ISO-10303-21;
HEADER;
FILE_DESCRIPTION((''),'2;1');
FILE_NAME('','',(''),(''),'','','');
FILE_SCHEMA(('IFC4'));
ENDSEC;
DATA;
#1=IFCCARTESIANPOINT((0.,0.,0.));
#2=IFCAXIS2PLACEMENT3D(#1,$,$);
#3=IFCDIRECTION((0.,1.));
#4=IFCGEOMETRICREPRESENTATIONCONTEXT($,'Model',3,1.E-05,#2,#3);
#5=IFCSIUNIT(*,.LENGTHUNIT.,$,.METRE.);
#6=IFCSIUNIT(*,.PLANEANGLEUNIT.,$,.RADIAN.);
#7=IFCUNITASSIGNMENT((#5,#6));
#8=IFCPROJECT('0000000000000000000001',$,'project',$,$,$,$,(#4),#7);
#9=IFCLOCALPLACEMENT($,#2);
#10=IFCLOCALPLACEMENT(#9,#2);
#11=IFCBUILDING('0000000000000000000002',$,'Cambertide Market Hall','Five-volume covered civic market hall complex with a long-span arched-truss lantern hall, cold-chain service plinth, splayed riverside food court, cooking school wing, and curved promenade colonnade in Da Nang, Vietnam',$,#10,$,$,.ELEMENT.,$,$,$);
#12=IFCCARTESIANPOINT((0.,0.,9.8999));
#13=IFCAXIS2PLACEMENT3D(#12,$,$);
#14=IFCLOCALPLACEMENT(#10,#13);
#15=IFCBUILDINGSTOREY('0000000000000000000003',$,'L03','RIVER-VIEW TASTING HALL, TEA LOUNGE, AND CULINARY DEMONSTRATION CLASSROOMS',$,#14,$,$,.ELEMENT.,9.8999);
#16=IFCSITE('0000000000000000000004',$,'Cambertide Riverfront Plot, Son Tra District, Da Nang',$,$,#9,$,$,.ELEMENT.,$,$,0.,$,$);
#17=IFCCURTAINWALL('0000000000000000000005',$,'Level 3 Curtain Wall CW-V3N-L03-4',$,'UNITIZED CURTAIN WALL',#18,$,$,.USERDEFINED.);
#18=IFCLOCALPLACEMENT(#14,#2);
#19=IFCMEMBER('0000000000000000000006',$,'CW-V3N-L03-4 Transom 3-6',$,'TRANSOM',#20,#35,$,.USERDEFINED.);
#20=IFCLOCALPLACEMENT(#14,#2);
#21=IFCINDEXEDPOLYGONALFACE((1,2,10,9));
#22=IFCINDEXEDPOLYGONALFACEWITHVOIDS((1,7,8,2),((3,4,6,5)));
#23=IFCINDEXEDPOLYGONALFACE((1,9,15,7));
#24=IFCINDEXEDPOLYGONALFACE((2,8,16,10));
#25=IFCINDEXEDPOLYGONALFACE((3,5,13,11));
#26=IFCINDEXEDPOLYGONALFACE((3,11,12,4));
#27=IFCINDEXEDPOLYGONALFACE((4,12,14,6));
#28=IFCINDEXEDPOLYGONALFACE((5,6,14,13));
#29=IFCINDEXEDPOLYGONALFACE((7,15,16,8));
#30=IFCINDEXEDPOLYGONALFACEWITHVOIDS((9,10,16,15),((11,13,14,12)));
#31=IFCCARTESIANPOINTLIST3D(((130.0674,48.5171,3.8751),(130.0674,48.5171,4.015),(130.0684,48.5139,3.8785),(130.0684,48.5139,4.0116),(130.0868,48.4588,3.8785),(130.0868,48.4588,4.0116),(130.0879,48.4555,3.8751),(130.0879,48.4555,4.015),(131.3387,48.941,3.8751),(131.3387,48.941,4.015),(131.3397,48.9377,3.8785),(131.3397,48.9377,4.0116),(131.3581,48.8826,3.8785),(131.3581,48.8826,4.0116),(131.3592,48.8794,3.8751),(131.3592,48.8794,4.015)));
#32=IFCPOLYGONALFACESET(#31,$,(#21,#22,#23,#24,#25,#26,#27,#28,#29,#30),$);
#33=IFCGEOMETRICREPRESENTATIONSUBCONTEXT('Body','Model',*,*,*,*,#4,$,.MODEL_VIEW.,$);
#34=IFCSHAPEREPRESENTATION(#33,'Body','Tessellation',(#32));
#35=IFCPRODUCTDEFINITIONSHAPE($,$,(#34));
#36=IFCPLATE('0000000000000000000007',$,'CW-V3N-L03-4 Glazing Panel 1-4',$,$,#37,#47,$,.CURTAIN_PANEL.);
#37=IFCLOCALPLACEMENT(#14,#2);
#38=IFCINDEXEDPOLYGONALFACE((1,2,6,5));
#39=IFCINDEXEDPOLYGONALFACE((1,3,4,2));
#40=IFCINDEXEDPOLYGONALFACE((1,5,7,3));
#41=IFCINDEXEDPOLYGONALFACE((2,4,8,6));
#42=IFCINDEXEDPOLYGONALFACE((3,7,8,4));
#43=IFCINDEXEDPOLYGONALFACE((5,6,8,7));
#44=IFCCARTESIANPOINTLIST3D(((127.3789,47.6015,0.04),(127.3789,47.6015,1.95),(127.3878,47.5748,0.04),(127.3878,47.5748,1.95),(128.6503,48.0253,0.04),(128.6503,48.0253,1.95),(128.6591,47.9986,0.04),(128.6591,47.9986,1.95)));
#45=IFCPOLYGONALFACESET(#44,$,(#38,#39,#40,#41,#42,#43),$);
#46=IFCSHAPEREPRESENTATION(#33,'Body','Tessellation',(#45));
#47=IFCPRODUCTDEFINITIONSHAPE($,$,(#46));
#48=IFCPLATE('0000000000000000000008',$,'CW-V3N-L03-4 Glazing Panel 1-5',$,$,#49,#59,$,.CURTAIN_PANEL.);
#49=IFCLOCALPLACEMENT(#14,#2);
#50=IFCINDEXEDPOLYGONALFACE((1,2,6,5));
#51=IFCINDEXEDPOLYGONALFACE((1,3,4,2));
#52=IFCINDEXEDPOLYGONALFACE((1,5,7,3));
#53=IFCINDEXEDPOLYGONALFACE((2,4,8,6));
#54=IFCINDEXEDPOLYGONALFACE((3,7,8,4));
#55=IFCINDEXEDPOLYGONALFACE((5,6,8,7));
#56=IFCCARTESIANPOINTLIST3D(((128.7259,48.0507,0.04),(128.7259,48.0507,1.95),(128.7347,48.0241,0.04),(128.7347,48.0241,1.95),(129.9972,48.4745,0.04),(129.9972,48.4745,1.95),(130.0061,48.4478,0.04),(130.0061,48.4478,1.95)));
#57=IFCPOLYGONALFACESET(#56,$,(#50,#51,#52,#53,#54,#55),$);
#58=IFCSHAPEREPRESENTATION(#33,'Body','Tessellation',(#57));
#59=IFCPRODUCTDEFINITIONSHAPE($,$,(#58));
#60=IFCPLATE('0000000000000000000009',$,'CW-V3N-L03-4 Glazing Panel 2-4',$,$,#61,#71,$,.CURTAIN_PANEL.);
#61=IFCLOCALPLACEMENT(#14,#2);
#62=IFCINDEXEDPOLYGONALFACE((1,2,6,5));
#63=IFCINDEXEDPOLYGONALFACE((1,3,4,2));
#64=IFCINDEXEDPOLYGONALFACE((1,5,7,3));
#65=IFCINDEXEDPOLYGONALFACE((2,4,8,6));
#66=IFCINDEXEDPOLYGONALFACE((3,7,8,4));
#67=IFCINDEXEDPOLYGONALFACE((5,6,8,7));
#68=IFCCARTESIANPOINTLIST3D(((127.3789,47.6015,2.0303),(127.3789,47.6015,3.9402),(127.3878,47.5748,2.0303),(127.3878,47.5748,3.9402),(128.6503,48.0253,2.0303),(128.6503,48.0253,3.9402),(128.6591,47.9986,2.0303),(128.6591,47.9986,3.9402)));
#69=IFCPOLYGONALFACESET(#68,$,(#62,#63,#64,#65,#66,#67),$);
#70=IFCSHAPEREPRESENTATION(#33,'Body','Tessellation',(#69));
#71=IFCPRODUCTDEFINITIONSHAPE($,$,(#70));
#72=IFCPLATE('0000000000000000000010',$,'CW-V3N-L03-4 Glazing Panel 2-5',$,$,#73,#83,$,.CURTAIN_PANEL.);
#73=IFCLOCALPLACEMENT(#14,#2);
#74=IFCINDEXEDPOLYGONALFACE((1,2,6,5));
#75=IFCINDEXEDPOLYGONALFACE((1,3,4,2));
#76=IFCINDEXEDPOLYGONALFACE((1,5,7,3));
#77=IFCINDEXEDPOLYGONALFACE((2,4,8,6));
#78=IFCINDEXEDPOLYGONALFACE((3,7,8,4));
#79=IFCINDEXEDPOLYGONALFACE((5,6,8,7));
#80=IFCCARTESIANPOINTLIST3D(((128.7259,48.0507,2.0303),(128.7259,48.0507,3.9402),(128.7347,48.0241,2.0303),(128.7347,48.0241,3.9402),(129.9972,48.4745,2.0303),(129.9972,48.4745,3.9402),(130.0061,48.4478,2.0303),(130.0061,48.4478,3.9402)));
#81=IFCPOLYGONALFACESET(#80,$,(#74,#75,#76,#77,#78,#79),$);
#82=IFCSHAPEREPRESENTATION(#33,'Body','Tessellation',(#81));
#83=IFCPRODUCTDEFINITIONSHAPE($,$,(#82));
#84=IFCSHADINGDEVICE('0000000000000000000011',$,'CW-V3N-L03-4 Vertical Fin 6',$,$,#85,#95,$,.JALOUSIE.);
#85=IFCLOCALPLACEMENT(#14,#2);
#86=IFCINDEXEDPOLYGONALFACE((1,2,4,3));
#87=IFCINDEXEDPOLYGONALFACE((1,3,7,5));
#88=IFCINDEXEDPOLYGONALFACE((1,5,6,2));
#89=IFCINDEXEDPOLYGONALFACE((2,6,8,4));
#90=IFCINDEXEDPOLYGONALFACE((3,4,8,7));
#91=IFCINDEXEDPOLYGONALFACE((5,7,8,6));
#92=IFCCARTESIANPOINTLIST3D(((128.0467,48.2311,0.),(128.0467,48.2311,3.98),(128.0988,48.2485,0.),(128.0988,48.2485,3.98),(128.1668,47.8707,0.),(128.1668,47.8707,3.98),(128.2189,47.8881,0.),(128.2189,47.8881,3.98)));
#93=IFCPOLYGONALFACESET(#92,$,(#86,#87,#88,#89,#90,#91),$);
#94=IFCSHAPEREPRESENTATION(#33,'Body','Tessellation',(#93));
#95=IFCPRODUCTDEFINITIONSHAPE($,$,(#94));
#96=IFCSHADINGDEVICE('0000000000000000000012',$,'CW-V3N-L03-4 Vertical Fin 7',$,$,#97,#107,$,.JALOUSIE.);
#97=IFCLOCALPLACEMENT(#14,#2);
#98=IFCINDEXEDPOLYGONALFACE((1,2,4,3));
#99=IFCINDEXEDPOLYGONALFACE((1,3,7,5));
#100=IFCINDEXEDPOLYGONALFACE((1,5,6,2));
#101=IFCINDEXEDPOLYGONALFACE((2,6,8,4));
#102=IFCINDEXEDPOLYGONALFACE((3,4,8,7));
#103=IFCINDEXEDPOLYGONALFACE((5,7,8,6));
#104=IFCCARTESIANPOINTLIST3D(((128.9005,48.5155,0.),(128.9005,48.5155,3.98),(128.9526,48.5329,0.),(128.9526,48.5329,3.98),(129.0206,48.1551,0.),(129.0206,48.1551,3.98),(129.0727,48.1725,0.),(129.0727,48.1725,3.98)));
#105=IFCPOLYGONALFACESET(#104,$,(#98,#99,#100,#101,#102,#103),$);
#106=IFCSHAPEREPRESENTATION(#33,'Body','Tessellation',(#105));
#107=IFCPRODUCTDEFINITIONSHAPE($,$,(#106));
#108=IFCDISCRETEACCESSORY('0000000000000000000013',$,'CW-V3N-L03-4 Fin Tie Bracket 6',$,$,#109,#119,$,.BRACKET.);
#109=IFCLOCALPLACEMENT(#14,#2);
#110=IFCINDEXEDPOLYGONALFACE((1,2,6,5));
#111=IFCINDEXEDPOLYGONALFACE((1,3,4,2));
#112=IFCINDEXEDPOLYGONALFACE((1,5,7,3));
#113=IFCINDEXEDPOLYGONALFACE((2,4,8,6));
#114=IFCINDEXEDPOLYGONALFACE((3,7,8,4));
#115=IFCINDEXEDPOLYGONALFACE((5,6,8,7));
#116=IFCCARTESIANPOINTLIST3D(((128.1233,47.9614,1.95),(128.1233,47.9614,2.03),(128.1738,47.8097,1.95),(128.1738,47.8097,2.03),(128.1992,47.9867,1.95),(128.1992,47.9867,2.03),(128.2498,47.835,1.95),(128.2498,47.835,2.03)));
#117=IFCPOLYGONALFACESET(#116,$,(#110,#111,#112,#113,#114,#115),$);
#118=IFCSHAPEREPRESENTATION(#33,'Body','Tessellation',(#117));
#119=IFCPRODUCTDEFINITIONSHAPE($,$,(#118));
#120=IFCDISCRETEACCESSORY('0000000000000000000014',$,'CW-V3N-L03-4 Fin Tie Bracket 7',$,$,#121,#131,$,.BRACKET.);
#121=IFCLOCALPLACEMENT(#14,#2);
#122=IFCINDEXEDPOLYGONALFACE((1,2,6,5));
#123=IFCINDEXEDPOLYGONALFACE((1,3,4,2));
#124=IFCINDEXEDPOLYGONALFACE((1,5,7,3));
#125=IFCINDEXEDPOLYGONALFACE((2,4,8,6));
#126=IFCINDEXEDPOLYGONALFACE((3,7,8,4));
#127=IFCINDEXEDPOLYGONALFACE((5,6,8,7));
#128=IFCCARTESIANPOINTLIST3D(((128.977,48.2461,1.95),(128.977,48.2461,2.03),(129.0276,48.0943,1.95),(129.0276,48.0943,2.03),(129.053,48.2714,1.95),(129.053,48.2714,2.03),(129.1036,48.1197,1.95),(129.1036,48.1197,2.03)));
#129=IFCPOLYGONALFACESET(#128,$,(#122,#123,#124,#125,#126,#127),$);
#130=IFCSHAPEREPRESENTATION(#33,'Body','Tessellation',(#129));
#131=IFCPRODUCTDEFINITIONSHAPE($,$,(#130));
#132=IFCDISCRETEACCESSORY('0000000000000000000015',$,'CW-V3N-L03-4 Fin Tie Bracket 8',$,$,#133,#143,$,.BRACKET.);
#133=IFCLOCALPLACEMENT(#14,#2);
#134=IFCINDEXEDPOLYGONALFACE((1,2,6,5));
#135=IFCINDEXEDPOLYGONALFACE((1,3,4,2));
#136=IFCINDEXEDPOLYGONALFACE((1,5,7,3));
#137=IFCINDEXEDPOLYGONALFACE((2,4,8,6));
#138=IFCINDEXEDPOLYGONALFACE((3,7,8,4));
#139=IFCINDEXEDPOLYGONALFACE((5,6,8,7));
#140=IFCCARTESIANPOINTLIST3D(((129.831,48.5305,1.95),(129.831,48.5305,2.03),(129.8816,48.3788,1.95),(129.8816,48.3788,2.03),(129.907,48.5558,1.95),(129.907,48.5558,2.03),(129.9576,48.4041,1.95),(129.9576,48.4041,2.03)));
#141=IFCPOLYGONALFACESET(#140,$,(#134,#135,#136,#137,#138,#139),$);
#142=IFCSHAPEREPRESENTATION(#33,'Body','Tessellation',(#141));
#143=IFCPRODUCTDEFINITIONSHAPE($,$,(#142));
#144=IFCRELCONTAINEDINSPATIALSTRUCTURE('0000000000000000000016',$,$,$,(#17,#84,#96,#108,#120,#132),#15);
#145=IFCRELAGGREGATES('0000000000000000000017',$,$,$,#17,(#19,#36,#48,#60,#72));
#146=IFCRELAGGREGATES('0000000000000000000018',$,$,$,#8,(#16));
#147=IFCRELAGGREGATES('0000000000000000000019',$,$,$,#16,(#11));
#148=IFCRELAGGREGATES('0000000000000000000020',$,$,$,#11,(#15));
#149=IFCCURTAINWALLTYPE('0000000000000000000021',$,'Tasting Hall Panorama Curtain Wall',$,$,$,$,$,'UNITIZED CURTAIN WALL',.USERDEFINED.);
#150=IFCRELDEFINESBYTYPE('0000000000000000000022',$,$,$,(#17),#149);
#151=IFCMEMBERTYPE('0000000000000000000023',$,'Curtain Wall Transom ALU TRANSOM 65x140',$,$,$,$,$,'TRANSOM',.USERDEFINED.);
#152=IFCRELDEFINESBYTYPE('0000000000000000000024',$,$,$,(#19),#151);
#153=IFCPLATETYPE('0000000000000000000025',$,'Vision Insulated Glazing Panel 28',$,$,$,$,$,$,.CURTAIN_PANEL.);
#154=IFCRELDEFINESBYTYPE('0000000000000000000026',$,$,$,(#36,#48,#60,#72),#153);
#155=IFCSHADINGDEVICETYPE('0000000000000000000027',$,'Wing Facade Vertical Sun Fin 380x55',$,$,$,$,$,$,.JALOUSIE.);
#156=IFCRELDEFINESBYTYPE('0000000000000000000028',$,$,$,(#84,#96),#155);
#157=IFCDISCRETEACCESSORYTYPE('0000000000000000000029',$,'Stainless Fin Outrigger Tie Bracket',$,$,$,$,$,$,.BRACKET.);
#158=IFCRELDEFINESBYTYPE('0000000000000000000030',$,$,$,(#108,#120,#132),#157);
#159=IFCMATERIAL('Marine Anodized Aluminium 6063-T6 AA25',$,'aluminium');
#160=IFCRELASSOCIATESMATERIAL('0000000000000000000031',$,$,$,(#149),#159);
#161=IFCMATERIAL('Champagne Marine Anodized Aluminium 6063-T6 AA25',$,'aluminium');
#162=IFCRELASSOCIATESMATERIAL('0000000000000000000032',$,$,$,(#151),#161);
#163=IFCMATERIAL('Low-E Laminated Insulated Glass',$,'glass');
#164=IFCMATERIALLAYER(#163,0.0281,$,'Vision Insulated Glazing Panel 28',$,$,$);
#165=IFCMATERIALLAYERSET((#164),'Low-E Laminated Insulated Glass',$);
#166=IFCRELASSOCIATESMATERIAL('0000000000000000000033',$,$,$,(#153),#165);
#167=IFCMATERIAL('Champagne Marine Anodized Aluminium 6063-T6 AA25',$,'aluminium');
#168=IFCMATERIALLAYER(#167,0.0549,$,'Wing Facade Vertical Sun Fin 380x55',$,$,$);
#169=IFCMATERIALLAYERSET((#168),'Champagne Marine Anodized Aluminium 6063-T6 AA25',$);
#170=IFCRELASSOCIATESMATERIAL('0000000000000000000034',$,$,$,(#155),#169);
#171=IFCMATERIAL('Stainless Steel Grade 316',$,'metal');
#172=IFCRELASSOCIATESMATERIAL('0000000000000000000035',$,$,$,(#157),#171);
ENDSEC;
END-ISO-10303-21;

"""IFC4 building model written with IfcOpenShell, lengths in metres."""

from ifc_helpers import new_model, si_unit, direction, frame, origin, origin_2d, place, context, subcontext, project, spatial, rectangle, hollow_rectangle, extrude, material, layer, layer_set, material_profile, profile_set, type_object, element, aggregate, save


model = new_model("IFC4")

# Units and contexts
model_context = context("Model", 3, precision=1e-05, world=origin(), true_north=direction((0.0, 1.0)))
body_context = subcontext(model_context, "Body", "Model", "MODEL_VIEW")
ifc_project = project(units=[si_unit("LENGTHUNIT", "METRE"), si_unit("PLANEANGLEUNIT", "RADIAN")], contexts=[model_context])

# Site, building, storey
site_placement = place(None, origin())
site = spatial("IfcSite", under=ifc_project, at=site_placement, Name="Cambertide Riverfront Plot, Son Tra District, Da Nang", CompositionType="ELEMENT", RefElevation=0.0)
building_placement = place(site_placement, origin())
building = spatial("IfcBuilding", under=site, at=building_placement, Name="Cambertide Market Hall", Description="Five-volume covered civic market hall complex with a long-span arched-truss lantern hall, cold-chain service plinth, splayed riverside food court, cooking school wing, and curved promenade colonnade in Da Nang, Vietnam", CompositionType="ELEMENT")
storey_placement = place(building_placement, frame((0.0, 0.0, 9.8999)))
storey = spatial("IfcBuildingStorey", under=building, at=storey_placement, Name="L03", Description="RIVER-VIEW TASTING HALL, TEA LOUNGE, AND CULINARY DEMONSTRATION CLASSROOMS", CompositionType="ELEMENT", Elevation=9.8999)

# Curtain wall, member, plates
ifc_material_1 = material(Name="Marine Anodized Aluminium 6063-T6 AA25", Category="aluminium")
curtain_wall_type = type_object("IfcCurtainWallType", Name="Tasting Hall Panorama Curtain Wall", ElementType="UNITIZED CURTAIN WALL", PredefinedType="USERDEFINED", material=ifc_material_1)
curtain_wall_placement = place(storey_placement, origin())
curtain_wall = element("IfcCurtainWall", 1, at=curtain_wall_placement, inside=storey, type_object=curtain_wall_type, Name="Level 3 Curtain Wall CW-V3N-L03-4", ObjectType="UNITIZED CURTAIN WALL", PredefinedType="USERDEFINED")
ifc_material_2 = material(Name="Champagne Marine Anodized Aluminium 6063-T6 AA25", Category="aluminium")
ifc_material_profile_1 = material_profile(ifc_material_2, hollow_rectangle(XDim=0.0649, YDim=0.1399, WallThickness=0.0034, at=origin_2d()), Name="ALU TRANSOM 65x140")
ifc_profile_set_1 = profile_set([ifc_material_profile_1], Name="Champagne Marine Anodized Aluminium 6063-T6 AA25")
member_type_1 = type_object("IfcMemberType", Name="Curtain Wall Transom ALU TRANSOM 65x140", ElementType="TRANSOM", PredefinedType="USERDEFINED", material=ifc_profile_set_1)
member_1_placement = place(storey_placement, frame((130.0776, 48.4863, 3.9451), z_axis=(0.948665, 0.316282, 0.0), x_axis=(-0.316282, 0.948665, 0.0)))
member_1 = element("IfcMember", 2, at=member_1_placement, type_object=member_type_1, Name="CW-V3N-L03-4 Transom 3-6", ObjectType="TRANSOM", PredefinedType="USERDEFINED", context=body_context, shape_type="SweptSolid", body=[
    extrude(hollow_rectangle(XDim=0.0649, YDim=0.1399, WallThickness=0.0034, at=origin_2d()), origin(), (0.0, 0.0, 1.0), 1.3401),
])
ifc_material_3 = material(Name="Low-E Laminated Insulated Glass", Category="glass")
ifc_layer_1 = layer(ifc_material_3, 0.0281, Name="Vision Insulated Glazing Panel 28")
ifc_layer_set_1 = layer_set([ifc_layer_1], Name="Low-E Laminated Insulated Glass")
plate_type = type_object("IfcPlateType", Name="Vision Insulated Glazing Panel 28", PredefinedType="CURTAIN_PANEL", material=ifc_layer_set_1)
plate_1_placement = place(storey_placement, frame((128.019, 47.8, 0.04), z_axis=(0.0, 0.0, 1.0), x_axis=(0.948683, 0.316228, 0.0)))
plate_1 = element("IfcPlate", 3, at=plate_1_placement, type_object=plate_type, Name="CW-V3N-L03-4 Glazing Panel 1-4", PredefinedType="CURTAIN_PANEL", context=body_context, shape_type="SweptSolid", body=[
    extrude(rectangle(XDim=1.3401, YDim=0.0281, at=origin_2d()), origin(), (0.0, 0.0, 1.0), 1.9099),
])
plate_2_placement = place(storey_placement, frame((129.366, 48.2493, 0.04), z_axis=(0.0, 0.0, 1.0), x_axis=(0.948683, 0.316228, 0.0)))
plate_2 = element("IfcPlate", 4, at=plate_2_placement, type_object=plate_type, Name="CW-V3N-L03-4 Glazing Panel 1-5", PredefinedType="CURTAIN_PANEL", context=body_context, shape_type="SweptSolid", body=[
    extrude(rectangle(XDim=1.3401, YDim=0.0281, at=origin_2d()), origin(), (0.0, 0.0, 1.0), 1.9099),
])
plate_3_placement = place(storey_placement, frame((128.019, 47.8, 2.0303), z_axis=(0.0, 0.0, 1.0), x_axis=(0.948683, 0.316228, 0.0)))
plate_3 = element("IfcPlate", 5, at=plate_3_placement, type_object=plate_type, Name="CW-V3N-L03-4 Glazing Panel 2-4", PredefinedType="CURTAIN_PANEL", context=body_context, shape_type="SweptSolid", body=[
    extrude(rectangle(XDim=1.3401, YDim=0.0281, at=origin_2d()), origin(), (0.0, 0.0, 1.0), 1.9099),
])
plate_4_placement = place(storey_placement, frame((129.366, 48.2493, 2.0303), z_axis=(0.0, 0.0, 1.0), x_axis=(0.948683, 0.316228, 0.0)))
plate_4 = element("IfcPlate", 6, at=plate_4_placement, type_object=plate_type, Name="CW-V3N-L03-4 Glazing Panel 2-5", PredefinedType="CURTAIN_PANEL", context=body_context, shape_type="SweptSolid", body=[
    extrude(rectangle(XDim=1.3401, YDim=0.0281, at=origin_2d()), origin(), (0.0, 0.0, 1.0), 1.9099),
])
aggregate(curtain_wall, [member_1, plate_1, plate_2, plate_3, plate_4])

# Shading devices
ifc_material_4 = material(Name="Champagne Marine Anodized Aluminium 6063-T6 AA25", Category="aluminium")
ifc_layer_2 = layer(ifc_material_4, 0.0549, Name="Wing Facade Vertical Sun Fin 380x55")
ifc_layer_set_2 = layer_set([ifc_layer_2], Name="Champagne Marine Anodized Aluminium 6063-T6 AA25")
shading_device_type = type_object("IfcShadingDeviceType", Name="Wing Facade Vertical Sun Fin 380x55", PredefinedType="JALOUSIE", material=ifc_layer_set_2)
for number, where, z_axis, x_axis, name in (
    (7, (128.1328, 48.0596, 0.0), (0.0, 0.0, 1.0), (0.948683, 0.316228, 0.0), "CW-V3N-L03-4 Vertical Fin 6"),
    (8, (128.9866, 48.344, 0.0), (0.0, 0.0, 1.0), (0.948683, 0.316228, 0.0), "CW-V3N-L03-4 Vertical Fin 7"),
):
    element("IfcShadingDevice", number, at=place(storey_placement, frame(where, z_axis=z_axis, x_axis=x_axis)), inside=storey, type_object=shading_device_type, Name=name, PredefinedType="JALOUSIE", context=body_context, shape_type="SweptSolid", body=[
        extrude(rectangle(XDim=0.0549, YDim=0.3799, at=origin_2d()), origin(), (0.0, 0.0, 1.0), 3.98),
    ])

# Discrete accessories
ifc_material_5 = material(Name="Stainless Steel Grade 316", Category="metal")
discrete_accessory_type = type_object("IfcDiscreteAccessoryType", Name="Stainless Fin Outrigger Tie Bracket", PredefinedType="BRACKET", material=ifc_material_5)
for number, where, z_axis, x_axis, name in (
    (9, (128.1865, 47.8982, 1.95), (0.0, 0.0, 1.0), (0.948683, 0.316228, 0.0), "CW-V3N-L03-4 Fin Tie Bracket 6"),
    (10, (129.0403, 48.1829, 1.95), (0.0, 0.0, 1.0), (0.948683, 0.316228, 0.0), "CW-V3N-L03-4 Fin Tie Bracket 7"),
    (11, (129.8943, 48.4673, 1.95), (0.0, 0.0, 1.0), (0.948683, 0.316228, 0.0), "CW-V3N-L03-4 Fin Tie Bracket 8"),
):
    element("IfcDiscreteAccessory", number, at=place(storey_placement, frame(where, z_axis=z_axis, x_axis=x_axis)), inside=storey, type_object=discrete_accessory_type, Name=name, PredefinedType="BRACKET", context=body_context, shape_type="SweptSolid", body=[
        extrude(rectangle(XDim=0.0801, YDim=0.1599, at=origin_2d()), origin(), (0.0, 0.0, 1.0), 0.0801),
    ])

save(model, "model.ifc")
